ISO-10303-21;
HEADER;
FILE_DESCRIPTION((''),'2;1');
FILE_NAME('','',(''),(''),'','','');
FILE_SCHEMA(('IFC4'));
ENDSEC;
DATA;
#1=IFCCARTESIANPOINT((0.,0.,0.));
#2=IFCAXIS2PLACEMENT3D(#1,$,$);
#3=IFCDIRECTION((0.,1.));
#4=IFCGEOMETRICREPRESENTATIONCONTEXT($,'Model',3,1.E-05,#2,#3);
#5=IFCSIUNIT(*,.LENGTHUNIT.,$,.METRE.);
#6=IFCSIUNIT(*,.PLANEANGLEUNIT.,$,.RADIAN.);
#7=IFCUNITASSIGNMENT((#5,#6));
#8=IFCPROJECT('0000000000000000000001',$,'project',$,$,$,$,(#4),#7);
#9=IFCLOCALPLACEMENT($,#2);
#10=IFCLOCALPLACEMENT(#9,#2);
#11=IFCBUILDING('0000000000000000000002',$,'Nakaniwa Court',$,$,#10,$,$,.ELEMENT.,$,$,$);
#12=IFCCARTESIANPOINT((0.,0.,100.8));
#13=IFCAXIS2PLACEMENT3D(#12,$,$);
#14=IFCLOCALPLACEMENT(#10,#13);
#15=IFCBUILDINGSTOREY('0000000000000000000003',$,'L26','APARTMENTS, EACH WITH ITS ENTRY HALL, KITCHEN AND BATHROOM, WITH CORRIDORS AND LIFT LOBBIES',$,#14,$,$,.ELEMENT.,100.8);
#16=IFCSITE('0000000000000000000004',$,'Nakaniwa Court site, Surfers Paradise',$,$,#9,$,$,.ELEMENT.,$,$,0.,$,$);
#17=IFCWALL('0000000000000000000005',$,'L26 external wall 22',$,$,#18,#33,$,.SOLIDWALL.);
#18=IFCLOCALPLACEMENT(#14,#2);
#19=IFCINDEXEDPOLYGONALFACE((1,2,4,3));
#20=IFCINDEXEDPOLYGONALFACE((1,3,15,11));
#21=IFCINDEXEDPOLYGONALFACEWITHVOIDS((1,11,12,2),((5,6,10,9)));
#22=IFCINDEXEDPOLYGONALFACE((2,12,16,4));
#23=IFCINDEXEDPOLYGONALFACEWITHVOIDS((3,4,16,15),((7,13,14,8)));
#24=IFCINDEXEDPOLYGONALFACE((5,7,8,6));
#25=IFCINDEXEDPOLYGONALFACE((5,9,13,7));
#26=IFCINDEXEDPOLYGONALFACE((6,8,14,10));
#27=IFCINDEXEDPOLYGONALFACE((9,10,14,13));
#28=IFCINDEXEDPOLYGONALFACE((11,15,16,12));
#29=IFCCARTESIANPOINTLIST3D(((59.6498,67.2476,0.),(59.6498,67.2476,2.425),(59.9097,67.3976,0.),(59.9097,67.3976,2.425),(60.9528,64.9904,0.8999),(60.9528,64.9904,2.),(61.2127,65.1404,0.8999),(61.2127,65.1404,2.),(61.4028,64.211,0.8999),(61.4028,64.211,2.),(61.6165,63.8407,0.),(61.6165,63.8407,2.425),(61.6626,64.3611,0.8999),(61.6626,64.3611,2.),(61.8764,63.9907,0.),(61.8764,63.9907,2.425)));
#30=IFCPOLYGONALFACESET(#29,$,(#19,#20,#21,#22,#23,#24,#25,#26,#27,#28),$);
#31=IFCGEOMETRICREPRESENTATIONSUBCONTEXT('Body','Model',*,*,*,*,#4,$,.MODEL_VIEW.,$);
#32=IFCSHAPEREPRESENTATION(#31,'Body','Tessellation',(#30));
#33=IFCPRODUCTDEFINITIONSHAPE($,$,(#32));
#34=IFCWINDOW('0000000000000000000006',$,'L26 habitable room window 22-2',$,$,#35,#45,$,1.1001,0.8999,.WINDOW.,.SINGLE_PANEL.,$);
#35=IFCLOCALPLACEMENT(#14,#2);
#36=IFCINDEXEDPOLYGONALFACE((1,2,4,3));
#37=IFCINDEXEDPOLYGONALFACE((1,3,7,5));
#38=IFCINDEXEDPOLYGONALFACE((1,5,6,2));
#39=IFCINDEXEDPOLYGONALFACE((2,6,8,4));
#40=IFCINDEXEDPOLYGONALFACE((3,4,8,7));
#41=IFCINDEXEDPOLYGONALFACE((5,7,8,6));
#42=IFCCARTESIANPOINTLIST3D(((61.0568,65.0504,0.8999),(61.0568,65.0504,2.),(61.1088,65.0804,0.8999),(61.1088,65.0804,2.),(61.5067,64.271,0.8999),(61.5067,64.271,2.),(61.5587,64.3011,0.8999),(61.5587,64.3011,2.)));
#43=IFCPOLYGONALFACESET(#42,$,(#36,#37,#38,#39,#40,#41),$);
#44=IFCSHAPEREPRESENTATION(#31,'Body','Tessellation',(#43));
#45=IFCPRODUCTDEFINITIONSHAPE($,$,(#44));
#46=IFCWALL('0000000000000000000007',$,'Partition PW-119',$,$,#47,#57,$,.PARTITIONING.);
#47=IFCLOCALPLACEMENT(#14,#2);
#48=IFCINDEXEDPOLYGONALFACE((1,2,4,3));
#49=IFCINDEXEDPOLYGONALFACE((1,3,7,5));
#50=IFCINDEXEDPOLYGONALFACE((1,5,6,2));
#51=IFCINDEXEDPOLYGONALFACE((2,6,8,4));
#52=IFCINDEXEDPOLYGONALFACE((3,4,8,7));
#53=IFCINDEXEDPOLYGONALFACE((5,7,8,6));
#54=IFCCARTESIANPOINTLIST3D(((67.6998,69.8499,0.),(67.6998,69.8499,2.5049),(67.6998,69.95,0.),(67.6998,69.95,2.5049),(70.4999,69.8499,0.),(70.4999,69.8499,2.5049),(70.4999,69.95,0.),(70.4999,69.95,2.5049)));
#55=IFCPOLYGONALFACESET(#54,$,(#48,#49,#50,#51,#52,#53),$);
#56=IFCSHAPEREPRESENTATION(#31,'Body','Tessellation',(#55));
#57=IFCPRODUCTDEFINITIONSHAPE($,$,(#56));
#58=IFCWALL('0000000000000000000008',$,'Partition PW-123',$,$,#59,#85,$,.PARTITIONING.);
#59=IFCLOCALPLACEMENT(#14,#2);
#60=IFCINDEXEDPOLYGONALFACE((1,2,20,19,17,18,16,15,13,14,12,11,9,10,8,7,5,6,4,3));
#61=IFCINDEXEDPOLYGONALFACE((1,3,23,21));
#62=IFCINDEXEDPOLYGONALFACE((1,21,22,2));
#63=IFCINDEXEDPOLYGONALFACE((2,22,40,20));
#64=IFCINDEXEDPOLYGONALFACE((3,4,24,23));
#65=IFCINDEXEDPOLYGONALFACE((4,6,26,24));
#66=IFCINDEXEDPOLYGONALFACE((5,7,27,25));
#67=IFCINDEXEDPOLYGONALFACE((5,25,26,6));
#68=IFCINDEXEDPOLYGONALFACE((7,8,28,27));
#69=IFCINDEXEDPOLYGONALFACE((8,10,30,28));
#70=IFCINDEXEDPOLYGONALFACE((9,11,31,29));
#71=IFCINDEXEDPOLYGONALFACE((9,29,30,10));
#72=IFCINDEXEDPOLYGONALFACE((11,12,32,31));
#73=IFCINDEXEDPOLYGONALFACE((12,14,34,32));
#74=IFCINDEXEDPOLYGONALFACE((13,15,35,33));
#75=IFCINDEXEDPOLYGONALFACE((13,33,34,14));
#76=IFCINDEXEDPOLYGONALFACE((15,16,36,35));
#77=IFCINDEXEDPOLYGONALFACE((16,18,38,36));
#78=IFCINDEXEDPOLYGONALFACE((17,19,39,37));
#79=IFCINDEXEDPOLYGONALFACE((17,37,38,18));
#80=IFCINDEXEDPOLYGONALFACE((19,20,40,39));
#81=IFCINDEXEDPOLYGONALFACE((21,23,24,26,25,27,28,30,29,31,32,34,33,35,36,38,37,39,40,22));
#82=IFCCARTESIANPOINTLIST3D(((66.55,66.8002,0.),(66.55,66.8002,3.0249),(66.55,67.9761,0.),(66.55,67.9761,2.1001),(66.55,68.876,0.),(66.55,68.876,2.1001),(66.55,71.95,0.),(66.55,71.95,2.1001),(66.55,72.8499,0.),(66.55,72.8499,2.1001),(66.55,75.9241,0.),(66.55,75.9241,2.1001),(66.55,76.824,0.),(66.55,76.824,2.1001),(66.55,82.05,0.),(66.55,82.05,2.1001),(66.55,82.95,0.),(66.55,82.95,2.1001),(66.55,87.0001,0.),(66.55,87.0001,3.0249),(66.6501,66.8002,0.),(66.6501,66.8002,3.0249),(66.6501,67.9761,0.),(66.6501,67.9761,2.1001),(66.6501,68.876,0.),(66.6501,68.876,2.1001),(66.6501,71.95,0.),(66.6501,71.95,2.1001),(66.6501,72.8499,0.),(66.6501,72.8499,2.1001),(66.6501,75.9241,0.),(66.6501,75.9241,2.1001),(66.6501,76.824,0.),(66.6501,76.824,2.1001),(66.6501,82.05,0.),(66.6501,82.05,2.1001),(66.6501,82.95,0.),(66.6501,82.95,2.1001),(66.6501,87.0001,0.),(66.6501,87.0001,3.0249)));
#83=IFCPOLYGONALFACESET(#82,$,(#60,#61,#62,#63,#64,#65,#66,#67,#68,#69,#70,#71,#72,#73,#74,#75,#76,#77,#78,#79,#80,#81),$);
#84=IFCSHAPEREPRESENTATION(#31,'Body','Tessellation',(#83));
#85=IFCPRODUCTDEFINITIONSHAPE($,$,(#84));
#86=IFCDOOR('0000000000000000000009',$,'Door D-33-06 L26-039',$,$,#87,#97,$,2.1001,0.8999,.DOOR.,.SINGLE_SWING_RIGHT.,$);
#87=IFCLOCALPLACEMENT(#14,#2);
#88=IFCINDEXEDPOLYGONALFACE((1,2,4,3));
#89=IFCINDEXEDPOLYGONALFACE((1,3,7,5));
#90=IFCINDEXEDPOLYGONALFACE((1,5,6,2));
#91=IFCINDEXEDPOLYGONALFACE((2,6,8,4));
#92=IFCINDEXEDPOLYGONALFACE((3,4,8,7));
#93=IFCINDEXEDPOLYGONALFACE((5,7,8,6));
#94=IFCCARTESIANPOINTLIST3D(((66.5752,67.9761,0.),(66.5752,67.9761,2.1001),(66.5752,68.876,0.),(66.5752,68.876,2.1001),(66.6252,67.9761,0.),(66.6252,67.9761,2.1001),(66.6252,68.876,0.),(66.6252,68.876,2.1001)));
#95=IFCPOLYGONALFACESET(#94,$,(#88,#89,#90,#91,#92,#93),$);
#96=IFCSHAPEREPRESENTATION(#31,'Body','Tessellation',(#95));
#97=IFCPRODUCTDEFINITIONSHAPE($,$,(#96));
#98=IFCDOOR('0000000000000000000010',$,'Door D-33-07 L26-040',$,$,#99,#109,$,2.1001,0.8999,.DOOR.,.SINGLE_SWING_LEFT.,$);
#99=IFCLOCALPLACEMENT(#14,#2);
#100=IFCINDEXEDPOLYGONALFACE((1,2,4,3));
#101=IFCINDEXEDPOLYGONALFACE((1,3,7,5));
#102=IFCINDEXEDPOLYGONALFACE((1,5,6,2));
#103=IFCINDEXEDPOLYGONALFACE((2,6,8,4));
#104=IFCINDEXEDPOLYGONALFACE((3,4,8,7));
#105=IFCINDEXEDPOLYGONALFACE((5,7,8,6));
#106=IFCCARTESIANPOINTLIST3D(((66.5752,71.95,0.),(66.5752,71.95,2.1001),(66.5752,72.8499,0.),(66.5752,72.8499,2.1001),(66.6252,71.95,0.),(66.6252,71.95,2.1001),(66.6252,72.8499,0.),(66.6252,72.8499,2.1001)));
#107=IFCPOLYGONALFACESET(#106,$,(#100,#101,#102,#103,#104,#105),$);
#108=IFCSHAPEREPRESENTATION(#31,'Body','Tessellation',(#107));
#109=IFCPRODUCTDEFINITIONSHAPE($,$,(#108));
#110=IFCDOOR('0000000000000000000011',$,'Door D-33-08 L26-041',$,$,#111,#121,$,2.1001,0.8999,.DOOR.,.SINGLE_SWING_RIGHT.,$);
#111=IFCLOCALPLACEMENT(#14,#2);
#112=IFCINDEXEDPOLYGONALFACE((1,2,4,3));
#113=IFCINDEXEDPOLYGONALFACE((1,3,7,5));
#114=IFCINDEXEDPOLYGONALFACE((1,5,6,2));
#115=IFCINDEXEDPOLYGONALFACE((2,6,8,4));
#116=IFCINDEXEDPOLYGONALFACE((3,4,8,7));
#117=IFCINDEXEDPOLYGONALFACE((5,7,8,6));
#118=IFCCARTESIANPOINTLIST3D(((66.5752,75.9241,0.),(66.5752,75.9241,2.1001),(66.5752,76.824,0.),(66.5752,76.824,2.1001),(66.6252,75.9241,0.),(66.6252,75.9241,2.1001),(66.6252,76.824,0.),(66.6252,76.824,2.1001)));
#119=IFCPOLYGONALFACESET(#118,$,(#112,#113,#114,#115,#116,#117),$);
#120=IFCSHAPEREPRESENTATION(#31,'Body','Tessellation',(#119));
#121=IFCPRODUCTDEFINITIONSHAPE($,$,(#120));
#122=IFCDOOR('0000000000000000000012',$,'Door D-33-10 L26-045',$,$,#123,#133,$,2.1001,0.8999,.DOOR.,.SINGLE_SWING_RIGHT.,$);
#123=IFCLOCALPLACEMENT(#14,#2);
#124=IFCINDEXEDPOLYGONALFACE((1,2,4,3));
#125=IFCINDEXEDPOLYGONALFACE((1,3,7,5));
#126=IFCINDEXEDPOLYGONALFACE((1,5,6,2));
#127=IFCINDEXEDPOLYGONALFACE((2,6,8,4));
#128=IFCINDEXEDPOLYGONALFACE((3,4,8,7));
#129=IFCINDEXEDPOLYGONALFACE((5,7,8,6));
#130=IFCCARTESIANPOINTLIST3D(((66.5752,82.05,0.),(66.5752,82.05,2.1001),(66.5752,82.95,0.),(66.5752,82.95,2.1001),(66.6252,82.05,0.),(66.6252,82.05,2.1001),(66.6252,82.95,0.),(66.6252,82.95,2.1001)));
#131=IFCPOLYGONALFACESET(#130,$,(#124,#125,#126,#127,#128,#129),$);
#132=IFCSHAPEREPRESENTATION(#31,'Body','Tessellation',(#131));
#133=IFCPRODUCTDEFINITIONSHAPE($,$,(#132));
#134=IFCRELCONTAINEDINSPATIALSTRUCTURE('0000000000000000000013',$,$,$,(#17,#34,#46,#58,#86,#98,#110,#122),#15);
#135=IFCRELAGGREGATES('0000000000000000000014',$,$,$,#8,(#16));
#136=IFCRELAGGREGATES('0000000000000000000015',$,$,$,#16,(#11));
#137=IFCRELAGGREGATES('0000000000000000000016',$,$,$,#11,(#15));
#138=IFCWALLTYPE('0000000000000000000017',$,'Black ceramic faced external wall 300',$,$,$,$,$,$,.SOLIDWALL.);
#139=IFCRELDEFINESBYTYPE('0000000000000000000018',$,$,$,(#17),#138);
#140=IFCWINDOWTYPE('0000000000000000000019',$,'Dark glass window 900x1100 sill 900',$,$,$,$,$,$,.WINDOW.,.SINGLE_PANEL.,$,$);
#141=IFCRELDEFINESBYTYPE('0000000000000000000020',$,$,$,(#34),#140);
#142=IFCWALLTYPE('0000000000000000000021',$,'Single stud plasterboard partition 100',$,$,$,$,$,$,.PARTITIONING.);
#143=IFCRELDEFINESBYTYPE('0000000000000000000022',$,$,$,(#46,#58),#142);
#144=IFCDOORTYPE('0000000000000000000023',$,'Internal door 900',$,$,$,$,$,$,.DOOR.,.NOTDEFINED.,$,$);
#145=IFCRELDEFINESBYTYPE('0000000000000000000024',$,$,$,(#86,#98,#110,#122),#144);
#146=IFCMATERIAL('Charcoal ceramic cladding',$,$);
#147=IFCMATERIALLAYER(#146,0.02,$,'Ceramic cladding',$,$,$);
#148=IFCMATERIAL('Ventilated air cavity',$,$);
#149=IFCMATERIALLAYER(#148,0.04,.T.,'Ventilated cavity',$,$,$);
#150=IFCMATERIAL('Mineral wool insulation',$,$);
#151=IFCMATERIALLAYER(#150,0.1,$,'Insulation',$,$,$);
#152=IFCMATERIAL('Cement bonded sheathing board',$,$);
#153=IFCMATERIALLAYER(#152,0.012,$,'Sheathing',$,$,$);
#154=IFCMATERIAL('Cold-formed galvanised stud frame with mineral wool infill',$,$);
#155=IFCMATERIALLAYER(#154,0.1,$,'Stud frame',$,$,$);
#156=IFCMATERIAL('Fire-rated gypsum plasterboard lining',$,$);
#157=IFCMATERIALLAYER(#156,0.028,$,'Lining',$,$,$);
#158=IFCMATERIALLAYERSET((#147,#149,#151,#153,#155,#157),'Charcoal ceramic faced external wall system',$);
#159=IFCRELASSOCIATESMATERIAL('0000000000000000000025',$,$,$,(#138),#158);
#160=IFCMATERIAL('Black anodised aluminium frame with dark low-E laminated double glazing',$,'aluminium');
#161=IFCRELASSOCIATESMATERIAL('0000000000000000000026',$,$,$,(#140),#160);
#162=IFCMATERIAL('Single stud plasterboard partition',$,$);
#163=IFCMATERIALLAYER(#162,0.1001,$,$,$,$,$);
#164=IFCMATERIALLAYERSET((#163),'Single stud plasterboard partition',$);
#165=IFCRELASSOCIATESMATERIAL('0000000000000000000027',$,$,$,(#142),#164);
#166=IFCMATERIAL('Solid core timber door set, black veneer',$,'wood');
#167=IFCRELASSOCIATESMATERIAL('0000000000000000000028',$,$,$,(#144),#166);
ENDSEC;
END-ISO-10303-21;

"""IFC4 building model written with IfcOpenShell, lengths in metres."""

from ifc_helpers import new_model, si_unit, direction, frame, frame_2d, origin, place, context, subcontext, project, spatial, rectangle, extrude, material, layer, layer_set, type_object, element, fill, save


model = new_model("IFC4")

# Units and contexts
model_context = context("Model", 3, precision=1e-05, world=origin(), true_north=direction((0.0, 1.0)))
body_context = subcontext(model_context, "Body", "Model", "MODEL_VIEW")
ifc_project = project(units=[si_unit("LENGTHUNIT", "METRE"), si_unit("PLANEANGLEUNIT", "RADIAN")], contexts=[model_context])

# Site, building, storey
site_placement = place(None, origin())
site = spatial("IfcSite", under=ifc_project, at=site_placement, Name="Nakaniwa Court site, Surfers Paradise", CompositionType="ELEMENT", RefElevation=0.0)
building_placement = place(site_placement, origin())
building = spatial("IfcBuilding", under=site, at=building_placement, Name="Nakaniwa Court", CompositionType="ELEMENT")
storey_placement = place(building_placement, frame((0.0, 0.0, 100.8)))
storey = spatial("IfcBuildingStorey", under=building, at=storey_placement, Name="L26", Description="APARTMENTS, EACH WITH ITS ENTRY HALL, KITCHEN AND BATHROOM, WITH CORRIDORS AND LIFT LOBBIES", CompositionType="ELEMENT", Elevation=100.8)

# Shared definitions
ifc_material_1 = material(Name="Solid core timber door set, black veneer", Category="wood")

# Wall, opening, window
ifc_material_2 = material(Name="Charcoal ceramic cladding")
ifc_layer_1 = layer(ifc_material_2, 0.02, Name="Ceramic cladding")
ifc_material_3 = material(Name="Ventilated air cavity")
ifc_layer_2 = layer(ifc_material_3, 0.04, ventilated=True, Name="Ventilated cavity")
ifc_material_4 = material(Name="Mineral wool insulation")
ifc_layer_3 = layer(ifc_material_4, 0.1, Name="Insulation")
ifc_material_5 = material(Name="Cement bonded sheathing board")
ifc_layer_4 = layer(ifc_material_5, 0.012, Name="Sheathing")
ifc_material_6 = material(Name="Cold-formed galvanised stud frame with mineral wool infill")
ifc_layer_5 = layer(ifc_material_6, 0.1, Name="Stud frame")
ifc_material_7 = material(Name="Fire-rated gypsum plasterboard lining")
ifc_layer_6 = layer(ifc_material_7, 0.028, Name="Lining")
ifc_layer_set_1 = layer_set([ifc_layer_1, ifc_layer_2, ifc_layer_3, ifc_layer_4, ifc_layer_5, ifc_layer_6], Name="Charcoal ceramic faced external wall system")
wall_type_1 = type_object("IfcWallType", Name="Black ceramic faced external wall 300", PredefinedType="SOLIDWALL", material=ifc_layer_set_1)
ifc_material_8 = material(Name="Black anodised aluminium frame with dark low-E laminated double glazing", Category="aluminium")
wall_1_placement = place(storey_placement, frame((59.7798, 67.3225, 0.0), z_axis=(0.0, 0.0, 1.0), x_axis=(0.499957, -0.86605, 0.0)))
wall_1 = element("IfcWall", 1, at=wall_1_placement, inside=storey, type_object=wall_type_1, Name="L26 external wall 22", PredefinedType="SOLIDWALL", context=body_context, shape_type="SweptSolid", body=[
    extrude(rectangle(XDim=3.9338, YDim=0.3, at=frame_2d((1.9668, 0.0))), origin(), (0.0, 0.0, 1.0), 2.425),
])
opening_1_placement = place(wall_1_placement, frame((2.6062, 0.0, 0.8999)))
opening_1 = element("IfcOpeningElement", 2, at=opening_1_placement, cuts=wall_1, PredefinedType="OPENING", context=body_context, shape_type="SweptSolid", body=[
    extrude(rectangle(XDim=0.8999, YDim=1.1001, at=frame_2d((0.45, 0.55))), frame((0.0, 0.1599, 0.0), z_axis=(0.0, -1.0, 0.0), x_axis=(1.0, 0.0, 0.0)), (0.0, 0.0, 1.0), 0.3201),
])
window_type_1 = type_object("IfcWindowType", Name="Dark glass window 900x1100 sill 900", PartitioningType="SINGLE_PANEL", PredefinedType="WINDOW", material=ifc_material_8)
window_1_placement = place(opening_1_placement, origin())
window_1 = element("IfcWindow", 3, at=window_1_placement, inside=storey, type_object=window_type_1, Name="L26 habitable room window 22-2", OverallHeight=1.1001, OverallWidth=0.8999, PartitioningType="SINGLE_PANEL", PredefinedType="WINDOW", context=body_context, shape_type="SweptSolid", body=[
    extrude(rectangle(XDim=0.8999, YDim=1.1001, at=frame_2d((0.45, 0.55))), frame((0.0, 0.03, 0.0), z_axis=(0.0, -1.0, 0.0), x_axis=(1.0, 0.0, 0.0)), (0.0, 0.0, 1.0), 0.0601),
])
fill(opening_1, window_1)

# Wall
ifc_material_9 = material(Name="Single stud plasterboard partition")
ifc_layer_7 = layer(ifc_material_9, 0.1001)
ifc_layer_set_2 = layer_set([ifc_layer_7], Name="Single stud plasterboard partition")
wall_type_2 = type_object("IfcWallType", Name="Single stud plasterboard partition 100", PredefinedType="PARTITIONING", material=ifc_layer_set_2)
wall_2_placement = place(storey_placement, frame((67.7, 69.8999, 0.0), z_axis=(0.0, 0.0, 1.0), x_axis=(1.0, 0.0, 0.0)))
element("IfcWall", 4, at=wall_2_placement, inside=storey, type_object=wall_type_2, Name="Partition PW-119", PredefinedType="PARTITIONING", context=body_context, shape_type="SweptSolid", body=[
    extrude(rectangle(XDim=2.8, YDim=0.1001, at=frame_2d((1.3999, 0.0))), origin(), (0.0, 0.0, 1.0), 2.5049),
])

# Wall, openings, doors
wall_3_placement = place(storey_placement, frame((66.6001, 66.8, 0.0), z_axis=(0.0, 0.0, 1.0), x_axis=(0.0, 1.0, 0.0)))
wall_3 = element("IfcWall", 5, at=wall_3_placement, inside=storey, type_object=wall_type_2, Name="Partition PW-123", PredefinedType="PARTITIONING", context=body_context, shape_type="SweptSolid", body=[
    extrude(rectangle(XDim=20.2, YDim=0.1001, at=frame_2d((10.1001, 0.0))), origin(), (0.0, 0.0, 1.0), 3.0249),
])
opening_2_placement = place(wall_3_placement, frame((1.176, 0.0, 0.0)))
opening_2 = element("IfcOpeningElement", 6, at=opening_2_placement, cuts=wall_3, PredefinedType="OPENING", context=body_context, shape_type="SweptSolid", body=[
    extrude(rectangle(XDim=0.8999, YDim=2.1001, at=frame_2d((0.45, 1.05))), frame((0.0, 0.0601, 0.0), z_axis=(0.0, -1.0, 0.0), x_axis=(1.0, 0.0, 0.0)), (0.0, 0.0, 1.0), 0.1201),
])
opening_3_placement = place(wall_3_placement, frame((5.1499, 0.0, 0.0)))
opening_3 = element("IfcOpeningElement", 7, at=opening_3_placement, cuts=wall_3, PredefinedType="OPENING", context=body_context, shape_type="SweptSolid", body=[
    extrude(rectangle(XDim=0.8999, YDim=2.1001, at=frame_2d((0.45, 1.05))), frame((0.0, 0.0601, 0.0), z_axis=(0.0, -1.0, 0.0), x_axis=(1.0, 0.0, 0.0)), (0.0, 0.0, 1.0), 0.1201),
])
opening_4_placement = place(wall_3_placement, frame((9.124, 0.0, 0.0)))
opening_4 = element("IfcOpeningElement", 8, at=opening_4_placement, cuts=wall_3, PredefinedType="OPENING", context=body_context, shape_type="SweptSolid", body=[
    extrude(rectangle(XDim=0.8999, YDim=2.1001, at=frame_2d((0.45, 1.05))), frame((0.0, 0.0601, 0.0), z_axis=(0.0, -1.0, 0.0), x_axis=(1.0, 0.0, 0.0)), (0.0, 0.0, 1.0), 0.1201),
])
opening_5_placement = place(wall_3_placement, frame((15.25, 0.0, 0.0)))
opening_5 = element("IfcOpeningElement", 9, at=opening_5_placement, cuts=wall_3, PredefinedType="OPENING", context=body_context, shape_type="SweptSolid", body=[
    extrude(rectangle(XDim=0.8999, YDim=2.1001, at=frame_2d((0.45, 1.05))), frame((0.0, 0.0601, 0.0), z_axis=(0.0, -1.0, 0.0), x_axis=(1.0, 0.0, 0.0)), (0.0, 0.0, 1.0), 0.1201),
])
door_type_1 = type_object("IfcDoorType", Name="Internal door 900", OperationType="NOTDEFINED", PredefinedType="DOOR", material=ifc_material_1)
door_1_placement = place(opening_2_placement, origin())
door_1 = element("IfcDoor", 10, at=door_1_placement, inside=storey, type_object=door_type_1, Name="Door D-33-06 L26-039", OperationType="SINGLE_SWING_RIGHT", OverallHeight=2.1001, OverallWidth=0.8999, PredefinedType="DOOR", context=body_context, shape_type="SweptSolid", body=[
    extrude(rectangle(XDim=0.8999, YDim=2.1001, at=frame_2d((0.45, 1.05))), frame((0.0, 0.0249, 0.0), z_axis=(0.0, -1.0, 0.0), x_axis=(1.0, 0.0, 0.0)), (0.0, 0.0, 1.0), 0.05),
])
fill(opening_2, door_1)
door_2_placement = place(opening_3_placement, origin())
door_2 = element("IfcDoor", 11, at=door_2_placement, inside=storey, type_object=door_type_1, Name="Door D-33-07 L26-040", OperationType="SINGLE_SWING_LEFT", OverallHeight=2.1001, OverallWidth=0.8999, PredefinedType="DOOR", context=body_context, shape_type="SweptSolid", body=[
    extrude(rectangle(XDim=0.8999, YDim=2.1001, at=frame_2d((0.45, 1.05))), frame((0.0, 0.0249, 0.0), z_axis=(0.0, -1.0, 0.0), x_axis=(1.0, 0.0, 0.0)), (0.0, 0.0, 1.0), 0.05),
])
fill(opening_3, door_2)
door_3_placement = place(opening_4_placement, origin())
door_3 = element("IfcDoor", 12, at=door_3_placement, inside=storey, type_object=door_type_1, Name="Door D-33-08 L26-041", OperationType="SINGLE_SWING_RIGHT", OverallHeight=2.1001, OverallWidth=0.8999, PredefinedType="DOOR", context=body_context, shape_type="SweptSolid", body=[
    extrude(rectangle(XDim=0.8999, YDim=2.1001, at=frame_2d((0.45, 1.05))), frame((0.0, 0.0249, 0.0), z_axis=(0.0, -1.0, 0.0), x_axis=(1.0, 0.0, 0.0)), (0.0, 0.0, 1.0), 0.05),
])
fill(opening_4, door_3)
door_4_placement = place(opening_5_placement, origin())
door_4 = element("IfcDoor", 13, at=door_4_placement, inside=storey, type_object=door_type_1, Name="Door D-33-10 L26-045", OperationType="SINGLE_SWING_RIGHT", OverallHeight=2.1001, OverallWidth=0.8999, PredefinedType="DOOR", context=body_context, shape_type="SweptSolid", body=[
    extrude(rectangle(XDim=0.8999, YDim=2.1001, at=frame_2d((0.45, 1.05))), frame((0.0, 0.0249, 0.0), z_axis=(0.0, -1.0, 0.0), x_axis=(1.0, 0.0, 0.0)), (0.0, 0.0, 1.0), 0.05),
])
fill(opening_5, door_4)

save(model, "model.ifc")
